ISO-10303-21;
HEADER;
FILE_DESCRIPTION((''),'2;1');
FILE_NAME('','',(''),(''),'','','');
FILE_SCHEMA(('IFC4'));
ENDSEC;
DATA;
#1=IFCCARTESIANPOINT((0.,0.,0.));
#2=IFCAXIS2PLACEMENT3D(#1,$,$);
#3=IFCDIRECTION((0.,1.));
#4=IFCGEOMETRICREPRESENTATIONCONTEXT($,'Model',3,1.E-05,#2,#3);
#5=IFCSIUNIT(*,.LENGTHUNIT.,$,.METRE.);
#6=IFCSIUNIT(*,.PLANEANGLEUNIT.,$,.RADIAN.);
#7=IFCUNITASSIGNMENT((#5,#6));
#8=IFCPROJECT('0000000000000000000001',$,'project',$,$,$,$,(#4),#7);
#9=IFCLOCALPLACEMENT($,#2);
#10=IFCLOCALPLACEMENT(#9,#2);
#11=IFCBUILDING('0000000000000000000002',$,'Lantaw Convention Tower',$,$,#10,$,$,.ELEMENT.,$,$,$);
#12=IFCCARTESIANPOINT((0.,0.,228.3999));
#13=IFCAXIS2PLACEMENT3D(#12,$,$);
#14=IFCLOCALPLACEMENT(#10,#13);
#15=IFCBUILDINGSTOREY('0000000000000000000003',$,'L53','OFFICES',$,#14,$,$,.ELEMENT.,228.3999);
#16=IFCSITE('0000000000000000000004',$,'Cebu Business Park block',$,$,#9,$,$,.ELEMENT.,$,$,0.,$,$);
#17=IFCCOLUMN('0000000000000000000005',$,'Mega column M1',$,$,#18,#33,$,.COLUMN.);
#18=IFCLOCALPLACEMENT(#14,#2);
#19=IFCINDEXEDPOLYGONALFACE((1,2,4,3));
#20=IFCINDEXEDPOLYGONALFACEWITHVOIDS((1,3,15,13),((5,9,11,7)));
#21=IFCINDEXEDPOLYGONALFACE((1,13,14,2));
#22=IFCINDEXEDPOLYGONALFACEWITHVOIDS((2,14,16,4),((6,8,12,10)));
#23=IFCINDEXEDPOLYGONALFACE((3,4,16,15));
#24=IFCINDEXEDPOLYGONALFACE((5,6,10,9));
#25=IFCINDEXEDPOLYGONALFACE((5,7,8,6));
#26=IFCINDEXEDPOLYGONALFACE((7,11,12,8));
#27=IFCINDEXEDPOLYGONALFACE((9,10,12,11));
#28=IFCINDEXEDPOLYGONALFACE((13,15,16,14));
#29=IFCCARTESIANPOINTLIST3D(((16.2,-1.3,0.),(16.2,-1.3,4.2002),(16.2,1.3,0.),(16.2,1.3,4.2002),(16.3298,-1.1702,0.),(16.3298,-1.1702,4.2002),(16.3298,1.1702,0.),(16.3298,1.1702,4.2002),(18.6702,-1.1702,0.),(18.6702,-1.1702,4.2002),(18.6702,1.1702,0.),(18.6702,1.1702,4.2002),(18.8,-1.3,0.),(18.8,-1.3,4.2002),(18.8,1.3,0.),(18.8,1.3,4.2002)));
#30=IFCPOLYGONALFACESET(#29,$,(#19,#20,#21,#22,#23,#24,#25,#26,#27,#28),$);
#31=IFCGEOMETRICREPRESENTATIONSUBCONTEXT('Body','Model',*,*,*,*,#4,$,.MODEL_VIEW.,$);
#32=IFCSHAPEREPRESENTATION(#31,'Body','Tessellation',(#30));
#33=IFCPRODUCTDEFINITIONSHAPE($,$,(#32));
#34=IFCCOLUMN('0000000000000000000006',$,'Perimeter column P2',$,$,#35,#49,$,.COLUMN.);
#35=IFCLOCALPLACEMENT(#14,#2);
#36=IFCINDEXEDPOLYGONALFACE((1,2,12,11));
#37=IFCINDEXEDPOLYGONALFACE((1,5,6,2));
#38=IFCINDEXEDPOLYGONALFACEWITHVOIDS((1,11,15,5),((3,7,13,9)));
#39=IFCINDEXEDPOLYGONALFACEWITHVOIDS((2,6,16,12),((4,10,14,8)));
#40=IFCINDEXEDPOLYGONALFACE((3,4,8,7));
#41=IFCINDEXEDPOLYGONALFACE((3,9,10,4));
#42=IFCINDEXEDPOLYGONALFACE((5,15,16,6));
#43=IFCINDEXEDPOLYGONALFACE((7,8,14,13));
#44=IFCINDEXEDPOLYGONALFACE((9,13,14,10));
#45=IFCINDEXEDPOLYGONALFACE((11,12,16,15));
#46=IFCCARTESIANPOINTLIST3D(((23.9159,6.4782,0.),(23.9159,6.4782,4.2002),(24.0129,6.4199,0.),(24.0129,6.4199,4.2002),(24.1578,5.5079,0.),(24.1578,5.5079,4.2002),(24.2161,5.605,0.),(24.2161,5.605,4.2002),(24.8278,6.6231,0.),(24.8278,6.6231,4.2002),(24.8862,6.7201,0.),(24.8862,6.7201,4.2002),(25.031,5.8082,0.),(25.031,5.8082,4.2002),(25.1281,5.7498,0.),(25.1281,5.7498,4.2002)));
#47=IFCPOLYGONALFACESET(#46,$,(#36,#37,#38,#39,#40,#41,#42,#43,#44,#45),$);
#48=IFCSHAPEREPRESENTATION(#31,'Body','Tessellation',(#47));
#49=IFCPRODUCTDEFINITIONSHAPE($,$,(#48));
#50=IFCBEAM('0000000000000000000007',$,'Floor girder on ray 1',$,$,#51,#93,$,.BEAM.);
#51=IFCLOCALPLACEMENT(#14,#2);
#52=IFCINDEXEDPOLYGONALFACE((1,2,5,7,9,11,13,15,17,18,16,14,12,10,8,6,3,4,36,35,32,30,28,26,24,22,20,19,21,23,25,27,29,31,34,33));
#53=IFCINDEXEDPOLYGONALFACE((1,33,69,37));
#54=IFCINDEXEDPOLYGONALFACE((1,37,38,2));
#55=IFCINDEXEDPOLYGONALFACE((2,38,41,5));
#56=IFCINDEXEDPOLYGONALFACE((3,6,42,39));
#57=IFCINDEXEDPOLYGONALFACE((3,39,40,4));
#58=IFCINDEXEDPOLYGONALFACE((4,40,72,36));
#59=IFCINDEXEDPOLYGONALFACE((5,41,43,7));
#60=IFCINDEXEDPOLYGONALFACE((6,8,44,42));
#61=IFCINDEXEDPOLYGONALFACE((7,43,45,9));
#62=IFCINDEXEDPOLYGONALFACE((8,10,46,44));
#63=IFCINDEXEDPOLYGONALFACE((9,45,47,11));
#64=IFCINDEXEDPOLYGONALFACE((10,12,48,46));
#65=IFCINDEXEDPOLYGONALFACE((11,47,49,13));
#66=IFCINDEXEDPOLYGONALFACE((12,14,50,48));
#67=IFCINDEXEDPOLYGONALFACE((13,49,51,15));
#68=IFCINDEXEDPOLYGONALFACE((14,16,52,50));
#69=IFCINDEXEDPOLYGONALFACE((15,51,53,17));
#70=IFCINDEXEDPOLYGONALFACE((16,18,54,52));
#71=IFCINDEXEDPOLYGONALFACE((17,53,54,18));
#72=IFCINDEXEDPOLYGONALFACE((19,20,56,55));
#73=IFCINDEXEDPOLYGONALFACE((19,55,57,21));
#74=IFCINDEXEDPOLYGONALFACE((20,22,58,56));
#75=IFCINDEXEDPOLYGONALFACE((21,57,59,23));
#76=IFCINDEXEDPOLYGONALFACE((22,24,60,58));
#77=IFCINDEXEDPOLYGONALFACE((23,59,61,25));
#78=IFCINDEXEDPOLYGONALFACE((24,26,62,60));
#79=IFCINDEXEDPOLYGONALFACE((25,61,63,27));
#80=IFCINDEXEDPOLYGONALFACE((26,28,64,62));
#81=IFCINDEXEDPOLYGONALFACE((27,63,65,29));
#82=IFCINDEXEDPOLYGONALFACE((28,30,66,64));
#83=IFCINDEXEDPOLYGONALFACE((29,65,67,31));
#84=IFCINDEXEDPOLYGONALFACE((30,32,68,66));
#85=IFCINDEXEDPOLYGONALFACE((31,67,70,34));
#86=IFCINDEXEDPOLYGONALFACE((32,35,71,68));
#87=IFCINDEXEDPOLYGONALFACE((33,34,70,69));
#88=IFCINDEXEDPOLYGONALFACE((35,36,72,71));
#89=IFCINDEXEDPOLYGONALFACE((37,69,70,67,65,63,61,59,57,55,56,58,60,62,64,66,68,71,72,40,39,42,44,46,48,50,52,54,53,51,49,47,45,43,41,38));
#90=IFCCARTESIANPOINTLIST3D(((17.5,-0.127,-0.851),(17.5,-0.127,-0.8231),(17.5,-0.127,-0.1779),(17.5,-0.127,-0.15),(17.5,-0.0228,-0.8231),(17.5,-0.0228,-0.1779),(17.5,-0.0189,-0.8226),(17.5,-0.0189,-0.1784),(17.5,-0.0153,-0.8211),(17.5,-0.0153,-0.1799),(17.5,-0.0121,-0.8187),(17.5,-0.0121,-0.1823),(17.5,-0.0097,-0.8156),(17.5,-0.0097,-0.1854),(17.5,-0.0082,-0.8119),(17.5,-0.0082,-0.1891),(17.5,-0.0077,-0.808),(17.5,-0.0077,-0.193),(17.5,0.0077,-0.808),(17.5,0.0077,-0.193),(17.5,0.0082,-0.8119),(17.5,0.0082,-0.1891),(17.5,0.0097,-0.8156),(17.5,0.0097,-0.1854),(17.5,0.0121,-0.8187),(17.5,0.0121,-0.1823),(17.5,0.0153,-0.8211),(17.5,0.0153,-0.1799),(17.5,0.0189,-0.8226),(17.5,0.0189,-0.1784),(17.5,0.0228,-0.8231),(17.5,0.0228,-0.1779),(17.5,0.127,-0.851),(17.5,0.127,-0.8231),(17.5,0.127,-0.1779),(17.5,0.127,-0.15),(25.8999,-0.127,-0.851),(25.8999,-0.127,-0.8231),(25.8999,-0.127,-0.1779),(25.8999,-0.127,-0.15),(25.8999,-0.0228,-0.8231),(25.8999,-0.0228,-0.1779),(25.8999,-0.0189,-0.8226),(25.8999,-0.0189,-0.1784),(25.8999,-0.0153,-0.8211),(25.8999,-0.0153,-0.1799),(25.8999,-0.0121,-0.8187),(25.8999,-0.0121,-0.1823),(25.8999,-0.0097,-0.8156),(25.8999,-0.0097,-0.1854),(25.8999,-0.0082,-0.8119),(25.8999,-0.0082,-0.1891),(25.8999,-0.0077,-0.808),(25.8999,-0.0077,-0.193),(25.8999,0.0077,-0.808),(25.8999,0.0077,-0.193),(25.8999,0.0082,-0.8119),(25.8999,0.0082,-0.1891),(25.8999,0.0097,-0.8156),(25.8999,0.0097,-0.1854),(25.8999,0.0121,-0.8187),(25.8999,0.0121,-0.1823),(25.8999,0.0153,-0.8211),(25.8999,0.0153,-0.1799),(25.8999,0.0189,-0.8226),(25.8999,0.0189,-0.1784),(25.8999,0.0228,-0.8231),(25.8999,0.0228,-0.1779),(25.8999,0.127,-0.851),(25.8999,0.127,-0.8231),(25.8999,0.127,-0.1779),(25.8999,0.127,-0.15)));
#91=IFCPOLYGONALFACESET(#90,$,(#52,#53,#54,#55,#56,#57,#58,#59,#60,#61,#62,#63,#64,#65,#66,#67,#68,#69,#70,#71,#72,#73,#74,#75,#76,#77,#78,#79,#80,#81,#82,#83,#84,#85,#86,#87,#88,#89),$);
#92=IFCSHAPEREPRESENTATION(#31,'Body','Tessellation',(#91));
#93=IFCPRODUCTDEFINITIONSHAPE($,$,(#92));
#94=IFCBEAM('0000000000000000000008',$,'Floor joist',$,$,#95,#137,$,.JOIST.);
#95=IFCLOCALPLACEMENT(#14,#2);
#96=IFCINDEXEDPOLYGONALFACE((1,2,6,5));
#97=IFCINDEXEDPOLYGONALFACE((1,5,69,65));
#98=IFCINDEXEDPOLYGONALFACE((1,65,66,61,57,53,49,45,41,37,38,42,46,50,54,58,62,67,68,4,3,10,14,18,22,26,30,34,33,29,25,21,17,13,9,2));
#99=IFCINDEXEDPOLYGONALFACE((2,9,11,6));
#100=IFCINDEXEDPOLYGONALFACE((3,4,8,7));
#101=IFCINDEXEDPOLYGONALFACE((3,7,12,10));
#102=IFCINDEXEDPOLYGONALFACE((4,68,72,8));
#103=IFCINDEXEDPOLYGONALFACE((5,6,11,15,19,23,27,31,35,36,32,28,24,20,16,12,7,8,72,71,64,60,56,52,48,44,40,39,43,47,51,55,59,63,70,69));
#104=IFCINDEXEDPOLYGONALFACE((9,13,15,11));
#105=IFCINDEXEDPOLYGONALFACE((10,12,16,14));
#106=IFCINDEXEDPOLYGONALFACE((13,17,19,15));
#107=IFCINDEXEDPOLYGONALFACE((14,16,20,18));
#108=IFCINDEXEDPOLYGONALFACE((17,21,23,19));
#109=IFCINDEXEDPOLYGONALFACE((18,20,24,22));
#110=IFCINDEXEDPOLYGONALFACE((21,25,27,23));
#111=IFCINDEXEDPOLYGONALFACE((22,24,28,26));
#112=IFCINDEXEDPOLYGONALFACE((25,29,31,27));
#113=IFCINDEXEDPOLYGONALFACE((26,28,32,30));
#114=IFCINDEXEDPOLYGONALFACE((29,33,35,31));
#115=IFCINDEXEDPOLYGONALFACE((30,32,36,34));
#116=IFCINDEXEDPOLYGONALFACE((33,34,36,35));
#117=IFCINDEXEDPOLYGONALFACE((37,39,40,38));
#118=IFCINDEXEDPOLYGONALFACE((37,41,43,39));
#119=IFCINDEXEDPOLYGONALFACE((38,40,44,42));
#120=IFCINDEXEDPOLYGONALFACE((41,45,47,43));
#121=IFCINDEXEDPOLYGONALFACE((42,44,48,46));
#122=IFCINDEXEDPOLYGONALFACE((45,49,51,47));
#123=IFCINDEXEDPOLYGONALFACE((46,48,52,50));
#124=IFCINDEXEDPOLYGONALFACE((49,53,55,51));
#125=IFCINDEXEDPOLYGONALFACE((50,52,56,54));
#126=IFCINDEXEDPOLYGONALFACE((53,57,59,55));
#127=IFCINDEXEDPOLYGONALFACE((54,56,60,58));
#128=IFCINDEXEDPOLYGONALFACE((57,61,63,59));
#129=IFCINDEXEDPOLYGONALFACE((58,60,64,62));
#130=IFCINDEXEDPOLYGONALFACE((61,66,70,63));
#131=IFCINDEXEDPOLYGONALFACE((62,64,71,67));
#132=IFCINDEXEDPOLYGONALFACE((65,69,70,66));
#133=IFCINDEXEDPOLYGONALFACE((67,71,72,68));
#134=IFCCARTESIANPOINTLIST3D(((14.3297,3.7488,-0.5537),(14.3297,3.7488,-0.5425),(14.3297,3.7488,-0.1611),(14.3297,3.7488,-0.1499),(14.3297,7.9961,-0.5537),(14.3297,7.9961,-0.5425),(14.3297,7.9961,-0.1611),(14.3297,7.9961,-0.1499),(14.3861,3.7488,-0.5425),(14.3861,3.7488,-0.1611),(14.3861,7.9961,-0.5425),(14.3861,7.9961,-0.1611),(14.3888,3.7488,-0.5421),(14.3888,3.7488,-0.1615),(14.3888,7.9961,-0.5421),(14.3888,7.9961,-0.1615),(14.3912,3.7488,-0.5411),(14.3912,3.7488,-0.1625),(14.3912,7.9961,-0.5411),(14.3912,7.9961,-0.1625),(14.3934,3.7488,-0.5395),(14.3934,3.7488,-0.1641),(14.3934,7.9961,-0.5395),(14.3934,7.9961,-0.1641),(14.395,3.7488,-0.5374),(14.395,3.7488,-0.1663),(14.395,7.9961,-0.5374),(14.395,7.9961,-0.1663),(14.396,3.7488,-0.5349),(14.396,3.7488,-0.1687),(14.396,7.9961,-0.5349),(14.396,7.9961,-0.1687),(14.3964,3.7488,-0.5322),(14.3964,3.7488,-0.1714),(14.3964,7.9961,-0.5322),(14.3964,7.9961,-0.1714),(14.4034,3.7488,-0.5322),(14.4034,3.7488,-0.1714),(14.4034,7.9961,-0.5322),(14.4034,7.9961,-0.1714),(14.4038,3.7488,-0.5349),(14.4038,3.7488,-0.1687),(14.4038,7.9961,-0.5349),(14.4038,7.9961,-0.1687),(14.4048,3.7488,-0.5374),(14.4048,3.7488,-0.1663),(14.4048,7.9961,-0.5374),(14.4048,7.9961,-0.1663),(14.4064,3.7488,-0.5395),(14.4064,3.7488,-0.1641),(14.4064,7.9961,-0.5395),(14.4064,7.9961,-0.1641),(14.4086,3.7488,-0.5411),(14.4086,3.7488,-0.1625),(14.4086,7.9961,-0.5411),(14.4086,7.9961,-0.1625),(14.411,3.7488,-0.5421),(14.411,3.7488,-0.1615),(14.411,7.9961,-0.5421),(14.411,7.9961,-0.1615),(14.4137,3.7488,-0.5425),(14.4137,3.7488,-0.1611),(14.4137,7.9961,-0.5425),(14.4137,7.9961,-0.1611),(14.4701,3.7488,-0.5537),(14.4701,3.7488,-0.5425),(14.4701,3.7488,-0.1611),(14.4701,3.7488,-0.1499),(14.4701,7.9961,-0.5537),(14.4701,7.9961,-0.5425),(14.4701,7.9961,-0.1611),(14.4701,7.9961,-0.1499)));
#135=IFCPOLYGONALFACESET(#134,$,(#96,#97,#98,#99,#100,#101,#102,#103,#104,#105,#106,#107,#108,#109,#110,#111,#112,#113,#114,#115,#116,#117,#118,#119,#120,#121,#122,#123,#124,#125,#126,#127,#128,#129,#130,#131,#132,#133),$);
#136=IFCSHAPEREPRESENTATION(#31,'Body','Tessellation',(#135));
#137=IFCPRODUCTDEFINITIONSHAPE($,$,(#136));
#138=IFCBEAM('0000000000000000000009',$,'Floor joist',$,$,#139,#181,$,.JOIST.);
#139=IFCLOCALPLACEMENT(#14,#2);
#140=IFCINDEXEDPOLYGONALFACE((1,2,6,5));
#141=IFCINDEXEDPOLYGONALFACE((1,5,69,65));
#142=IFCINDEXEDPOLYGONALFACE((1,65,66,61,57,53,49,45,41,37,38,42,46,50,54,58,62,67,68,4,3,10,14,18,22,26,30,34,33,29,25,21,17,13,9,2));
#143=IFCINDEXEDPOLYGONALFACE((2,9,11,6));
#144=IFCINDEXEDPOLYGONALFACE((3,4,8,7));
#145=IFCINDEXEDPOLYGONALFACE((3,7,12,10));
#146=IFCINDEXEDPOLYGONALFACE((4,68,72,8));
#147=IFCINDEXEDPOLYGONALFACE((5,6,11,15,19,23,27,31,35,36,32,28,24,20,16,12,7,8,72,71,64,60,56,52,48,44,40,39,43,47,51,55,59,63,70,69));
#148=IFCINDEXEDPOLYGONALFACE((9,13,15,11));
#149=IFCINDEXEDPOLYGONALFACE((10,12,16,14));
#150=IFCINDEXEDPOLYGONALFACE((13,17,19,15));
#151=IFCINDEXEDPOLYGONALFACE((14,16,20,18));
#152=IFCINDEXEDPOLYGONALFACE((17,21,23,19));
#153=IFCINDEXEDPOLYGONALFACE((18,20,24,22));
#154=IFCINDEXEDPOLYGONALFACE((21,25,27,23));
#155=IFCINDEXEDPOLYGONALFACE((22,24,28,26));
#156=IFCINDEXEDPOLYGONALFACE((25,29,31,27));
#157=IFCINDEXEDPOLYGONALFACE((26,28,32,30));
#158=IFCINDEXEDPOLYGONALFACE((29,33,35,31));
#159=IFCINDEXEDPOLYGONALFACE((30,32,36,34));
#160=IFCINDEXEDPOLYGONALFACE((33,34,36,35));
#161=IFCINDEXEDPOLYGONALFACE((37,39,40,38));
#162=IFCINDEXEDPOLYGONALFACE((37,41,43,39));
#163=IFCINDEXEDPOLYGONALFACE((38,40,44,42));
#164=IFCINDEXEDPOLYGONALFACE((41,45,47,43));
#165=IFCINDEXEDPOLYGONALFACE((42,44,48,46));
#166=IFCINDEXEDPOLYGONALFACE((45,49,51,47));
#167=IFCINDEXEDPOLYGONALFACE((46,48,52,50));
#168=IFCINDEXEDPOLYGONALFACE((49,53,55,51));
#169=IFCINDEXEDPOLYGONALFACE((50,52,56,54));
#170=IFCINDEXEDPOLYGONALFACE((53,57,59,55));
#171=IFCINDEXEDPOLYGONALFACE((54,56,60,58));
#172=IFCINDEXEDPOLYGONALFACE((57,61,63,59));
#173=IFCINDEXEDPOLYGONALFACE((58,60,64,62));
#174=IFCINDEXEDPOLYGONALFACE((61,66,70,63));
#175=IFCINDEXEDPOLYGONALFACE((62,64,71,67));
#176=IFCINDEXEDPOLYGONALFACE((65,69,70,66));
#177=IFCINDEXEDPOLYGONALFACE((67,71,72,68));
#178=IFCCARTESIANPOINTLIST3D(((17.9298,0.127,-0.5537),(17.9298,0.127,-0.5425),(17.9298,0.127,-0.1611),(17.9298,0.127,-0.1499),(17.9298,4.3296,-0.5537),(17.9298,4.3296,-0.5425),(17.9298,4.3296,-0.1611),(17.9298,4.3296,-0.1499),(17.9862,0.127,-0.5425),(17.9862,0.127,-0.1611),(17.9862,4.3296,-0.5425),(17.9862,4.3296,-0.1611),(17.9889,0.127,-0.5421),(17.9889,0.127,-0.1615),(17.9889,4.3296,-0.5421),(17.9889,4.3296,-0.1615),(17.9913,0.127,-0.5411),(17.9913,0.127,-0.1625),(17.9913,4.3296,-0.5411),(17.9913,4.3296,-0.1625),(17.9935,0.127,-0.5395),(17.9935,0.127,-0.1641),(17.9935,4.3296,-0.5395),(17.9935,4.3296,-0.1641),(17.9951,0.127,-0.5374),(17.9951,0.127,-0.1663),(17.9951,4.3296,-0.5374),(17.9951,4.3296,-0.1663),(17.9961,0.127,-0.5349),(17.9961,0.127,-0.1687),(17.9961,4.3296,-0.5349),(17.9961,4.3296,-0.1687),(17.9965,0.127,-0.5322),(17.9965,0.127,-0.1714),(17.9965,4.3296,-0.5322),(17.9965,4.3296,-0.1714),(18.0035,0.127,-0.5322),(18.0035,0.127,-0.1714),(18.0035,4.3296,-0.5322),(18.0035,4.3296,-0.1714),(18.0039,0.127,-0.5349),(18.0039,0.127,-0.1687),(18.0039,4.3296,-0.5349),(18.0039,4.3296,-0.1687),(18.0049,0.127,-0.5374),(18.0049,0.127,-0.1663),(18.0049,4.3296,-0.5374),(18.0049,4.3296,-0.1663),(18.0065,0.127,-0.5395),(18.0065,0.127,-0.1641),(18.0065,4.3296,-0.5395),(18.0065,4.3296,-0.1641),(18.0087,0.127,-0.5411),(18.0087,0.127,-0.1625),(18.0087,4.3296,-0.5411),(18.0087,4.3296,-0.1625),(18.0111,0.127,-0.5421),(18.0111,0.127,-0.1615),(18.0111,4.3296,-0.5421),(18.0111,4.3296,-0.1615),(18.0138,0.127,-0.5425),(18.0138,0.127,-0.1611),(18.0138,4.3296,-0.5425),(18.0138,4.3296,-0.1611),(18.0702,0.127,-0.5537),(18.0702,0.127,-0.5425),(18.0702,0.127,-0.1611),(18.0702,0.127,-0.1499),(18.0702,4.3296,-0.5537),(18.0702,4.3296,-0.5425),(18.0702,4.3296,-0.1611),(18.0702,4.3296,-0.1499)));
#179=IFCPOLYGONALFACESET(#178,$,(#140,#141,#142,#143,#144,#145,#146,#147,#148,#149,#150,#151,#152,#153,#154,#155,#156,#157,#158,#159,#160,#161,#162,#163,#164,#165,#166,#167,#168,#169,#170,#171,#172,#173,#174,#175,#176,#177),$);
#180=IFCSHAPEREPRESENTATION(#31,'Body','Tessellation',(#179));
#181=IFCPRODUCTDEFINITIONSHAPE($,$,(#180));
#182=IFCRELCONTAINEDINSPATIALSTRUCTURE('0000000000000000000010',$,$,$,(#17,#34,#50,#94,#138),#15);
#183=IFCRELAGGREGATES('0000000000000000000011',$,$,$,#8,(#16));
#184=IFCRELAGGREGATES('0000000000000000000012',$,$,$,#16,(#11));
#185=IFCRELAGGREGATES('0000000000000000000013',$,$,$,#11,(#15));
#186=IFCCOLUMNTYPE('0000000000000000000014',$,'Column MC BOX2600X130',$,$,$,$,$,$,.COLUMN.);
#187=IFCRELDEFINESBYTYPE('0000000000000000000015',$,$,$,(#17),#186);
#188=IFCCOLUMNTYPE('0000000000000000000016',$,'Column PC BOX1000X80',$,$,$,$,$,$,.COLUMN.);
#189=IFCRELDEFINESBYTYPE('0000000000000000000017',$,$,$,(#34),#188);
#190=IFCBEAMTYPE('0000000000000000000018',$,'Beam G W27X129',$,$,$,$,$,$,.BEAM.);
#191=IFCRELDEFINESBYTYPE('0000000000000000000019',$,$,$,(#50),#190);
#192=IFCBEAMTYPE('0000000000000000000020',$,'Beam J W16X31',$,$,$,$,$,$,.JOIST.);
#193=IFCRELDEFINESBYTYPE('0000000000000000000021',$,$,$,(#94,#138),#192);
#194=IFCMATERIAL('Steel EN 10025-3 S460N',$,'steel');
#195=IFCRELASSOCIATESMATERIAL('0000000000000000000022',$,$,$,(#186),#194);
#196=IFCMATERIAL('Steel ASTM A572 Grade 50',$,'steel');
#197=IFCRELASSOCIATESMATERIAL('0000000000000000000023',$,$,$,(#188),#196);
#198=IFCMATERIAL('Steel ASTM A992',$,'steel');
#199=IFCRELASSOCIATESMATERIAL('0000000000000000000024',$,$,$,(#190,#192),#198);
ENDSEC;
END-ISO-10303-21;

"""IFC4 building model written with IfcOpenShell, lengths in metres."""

from ifc_helpers import new_model, si_unit, direction, frame, origin, origin_2d, place, context, subcontext, project, spatial, rectangle, hollow_rectangle, i_section, extrude, material, material_profile, profile_set, type_object, element, save


model = new_model("IFC4")

# Units and contexts
model_context = context("Model", 3, precision=1e-05, world=origin(), true_north=direction((0.0, 1.0)))
body_context = subcontext(model_context, "Body", "Model", "MODEL_VIEW")
ifc_project = project(units=[si_unit("LENGTHUNIT", "METRE"), si_unit("PLANEANGLEUNIT", "RADIAN")], contexts=[model_context])

# Site, building, storey
site_placement = place(None, origin())
site = spatial("IfcSite", under=ifc_project, at=site_placement, Name="Cebu Business Park block", CompositionType="ELEMENT", RefElevation=0.0)
building_placement = place(site_placement, origin())
building = spatial("IfcBuilding", under=site, at=building_placement, Name="Lantaw Convention Tower", CompositionType="ELEMENT")
storey_placement = place(building_placement, frame((0.0, 0.0, 228.3999)))
storey = spatial("IfcBuildingStorey", under=building, at=storey_placement, Name="L53", Description="OFFICES", CompositionType="ELEMENT", Elevation=228.3999)

# Columns
ifc_material_1 = material(Name="Steel EN 10025-3 S460N", Category="steel")
ifc_material_profile_1 = material_profile(ifc_material_1, hollow_rectangle(XDim=2.6001, YDim=2.6001, WallThickness=0.1299, at=origin_2d()), Name="BOX2600X130")
ifc_material_2 = material(Name="Concrete C60/75", Category="concrete")
ifc_material_profile_2 = material_profile(ifc_material_2, rectangle(XDim=2.3401, YDim=2.3401, at=origin_2d()), Name="Concrete fill of BOX2600X130")
ifc_profile_set_1 = profile_set([ifc_material_profile_1, ifc_material_profile_2], Name="Steel EN 10025-3 S460N")
column_type_1 = type_object("IfcColumnType", Name="Column MC BOX2600X130", PredefinedType="COLUMN", material=ifc_profile_set_1)
column_1_placement = place(storey_placement, frame((17.5, 0.0, 0.0), z_axis=(0.0, 0.0, 1.0), x_axis=(1.0, 0.0, 0.0)))
element("IfcColumn", 1, at=column_1_placement, inside=storey, type_object=column_type_1, Name="Mega column M1", PredefinedType="COLUMN", context=body_context, shape_type="SweptSolid", body=[
    extrude(hollow_rectangle(XDim=2.6001, YDim=2.6001, WallThickness=0.1299, at=origin_2d()), origin(), (0.0, 0.0, 1.0), 4.2002),
])
ifc_material_3 = material(Name="Steel ASTM A572 Grade 50", Category="steel")
ifc_material_profile_3 = material_profile(ifc_material_3, hollow_rectangle(XDim=1.0, YDim=1.0, WallThickness=0.0801, at=origin_2d()), Name="BOX1000X80")
ifc_material_profile_4 = material_profile(ifc_material_2, rectangle(XDim=0.8401, YDim=0.8401, at=origin_2d()), Name="Concrete fill of BOX1000X80")
ifc_profile_set_2 = profile_set([ifc_material_profile_3, ifc_material_profile_4], Name="Steel ASTM A572 Grade 50")
column_type_2 = type_object("IfcColumnType", Name="Column PC BOX1000X80", PredefinedType="COLUMN", material=ifc_profile_set_2)
column_2_placement = place(storey_placement, frame((24.522, 6.114, 0.0), z_axis=(0.0, 0.0, 1.0), x_axis=(0.970296, 0.241922, 0.0)))
element("IfcColumn", 2, at=column_2_placement, inside=storey, type_object=column_type_2, Name="Perimeter column P2", PredefinedType="COLUMN", context=body_context, shape_type="SweptSolid", body=[
    extrude(hollow_rectangle(XDim=1.0, YDim=1.0, WallThickness=0.0801, at=origin_2d()), origin(), (0.0, 0.0, 1.0), 4.2002),
])

# Beams
ifc_material_4 = material(Name="Steel ASTM A992", Category="steel")
ifc_material_profile_5 = material_profile(ifc_material_4, i_section(OverallWidth=0.2539, OverallDepth=0.7009, WebThickness=0.0154, FlangeThickness=0.0278, FilletRadius=0.0151, at=origin_2d()), Name="W27X129")
ifc_profile_set_3 = profile_set([ifc_material_profile_5], Name="Steel ASTM A992")
beam_type_1 = type_object("IfcBeamType", Name="Beam G W27X129", PredefinedType="BEAM", material=ifc_profile_set_3)
beam_1_placement = place(storey_placement, frame((17.5, 0.0, -0.5005), z_axis=(1.0, 0.0, 0.0), x_axis=(0.0, 1.0, 0.0)))
element("IfcBeam", 3, at=beam_1_placement, inside=storey, type_object=beam_type_1, Name="Floor girder on ray 1", PredefinedType="BEAM", context=body_context, shape_type="SweptSolid", body=[
    extrude(i_section(OverallWidth=0.2539, OverallDepth=0.7009, WebThickness=0.0154, FlangeThickness=0.0278, FilletRadius=0.0151, at=origin_2d()), origin(), (0.0, 0.0, 1.0), 8.3999),
])
ifc_material_profile_6 = material_profile(ifc_material_4, i_section(OverallWidth=0.1404, OverallDepth=0.4038, WebThickness=0.0071, FlangeThickness=0.0112, FilletRadius=0.0103, at=origin_2d()), Name="W16X31")
ifc_profile_set_4 = profile_set([ifc_material_profile_6], Name="Steel ASTM A992")
beam_type_2 = type_object("IfcBeamType", Name="Beam J W16X31", PredefinedType="JOIST", material=ifc_profile_set_4)
beam_2_placement = place(storey_placement, frame((14.3999, 3.7488, -0.3518), z_axis=(0.0, 1.0, 0.0), x_axis=(-1.0, 0.0, 0.0)))
element("IfcBeam", 4, at=beam_2_placement, inside=storey, type_object=beam_type_2, Name="Floor joist", PredefinedType="JOIST", context=body_context, shape_type="SweptSolid", body=[
    extrude(i_section(OverallWidth=0.1404, OverallDepth=0.4038, WebThickness=0.0071, FlangeThickness=0.0112, FilletRadius=0.0103, at=origin_2d()), origin(), (0.0, 0.0, 1.0), 4.2473),
])
beam_3_placement = place(storey_placement, frame((18.0, 0.127, -0.3518), z_axis=(0.0, 1.0, 0.0), x_axis=(-1.0, 0.0, 0.0)))
element("IfcBeam", 5, at=beam_3_placement, inside=storey, type_object=beam_type_2, Name="Floor joist", PredefinedType="JOIST", context=body_context, shape_type="SweptSolid", body=[
    extrude(i_section(OverallWidth=0.1404, OverallDepth=0.4038, WebThickness=0.0071, FlangeThickness=0.0112, FilletRadius=0.0103, at=origin_2d()), origin(), (0.0, 0.0, 1.0), 4.2026),
])

save(model, "model.ifc")
